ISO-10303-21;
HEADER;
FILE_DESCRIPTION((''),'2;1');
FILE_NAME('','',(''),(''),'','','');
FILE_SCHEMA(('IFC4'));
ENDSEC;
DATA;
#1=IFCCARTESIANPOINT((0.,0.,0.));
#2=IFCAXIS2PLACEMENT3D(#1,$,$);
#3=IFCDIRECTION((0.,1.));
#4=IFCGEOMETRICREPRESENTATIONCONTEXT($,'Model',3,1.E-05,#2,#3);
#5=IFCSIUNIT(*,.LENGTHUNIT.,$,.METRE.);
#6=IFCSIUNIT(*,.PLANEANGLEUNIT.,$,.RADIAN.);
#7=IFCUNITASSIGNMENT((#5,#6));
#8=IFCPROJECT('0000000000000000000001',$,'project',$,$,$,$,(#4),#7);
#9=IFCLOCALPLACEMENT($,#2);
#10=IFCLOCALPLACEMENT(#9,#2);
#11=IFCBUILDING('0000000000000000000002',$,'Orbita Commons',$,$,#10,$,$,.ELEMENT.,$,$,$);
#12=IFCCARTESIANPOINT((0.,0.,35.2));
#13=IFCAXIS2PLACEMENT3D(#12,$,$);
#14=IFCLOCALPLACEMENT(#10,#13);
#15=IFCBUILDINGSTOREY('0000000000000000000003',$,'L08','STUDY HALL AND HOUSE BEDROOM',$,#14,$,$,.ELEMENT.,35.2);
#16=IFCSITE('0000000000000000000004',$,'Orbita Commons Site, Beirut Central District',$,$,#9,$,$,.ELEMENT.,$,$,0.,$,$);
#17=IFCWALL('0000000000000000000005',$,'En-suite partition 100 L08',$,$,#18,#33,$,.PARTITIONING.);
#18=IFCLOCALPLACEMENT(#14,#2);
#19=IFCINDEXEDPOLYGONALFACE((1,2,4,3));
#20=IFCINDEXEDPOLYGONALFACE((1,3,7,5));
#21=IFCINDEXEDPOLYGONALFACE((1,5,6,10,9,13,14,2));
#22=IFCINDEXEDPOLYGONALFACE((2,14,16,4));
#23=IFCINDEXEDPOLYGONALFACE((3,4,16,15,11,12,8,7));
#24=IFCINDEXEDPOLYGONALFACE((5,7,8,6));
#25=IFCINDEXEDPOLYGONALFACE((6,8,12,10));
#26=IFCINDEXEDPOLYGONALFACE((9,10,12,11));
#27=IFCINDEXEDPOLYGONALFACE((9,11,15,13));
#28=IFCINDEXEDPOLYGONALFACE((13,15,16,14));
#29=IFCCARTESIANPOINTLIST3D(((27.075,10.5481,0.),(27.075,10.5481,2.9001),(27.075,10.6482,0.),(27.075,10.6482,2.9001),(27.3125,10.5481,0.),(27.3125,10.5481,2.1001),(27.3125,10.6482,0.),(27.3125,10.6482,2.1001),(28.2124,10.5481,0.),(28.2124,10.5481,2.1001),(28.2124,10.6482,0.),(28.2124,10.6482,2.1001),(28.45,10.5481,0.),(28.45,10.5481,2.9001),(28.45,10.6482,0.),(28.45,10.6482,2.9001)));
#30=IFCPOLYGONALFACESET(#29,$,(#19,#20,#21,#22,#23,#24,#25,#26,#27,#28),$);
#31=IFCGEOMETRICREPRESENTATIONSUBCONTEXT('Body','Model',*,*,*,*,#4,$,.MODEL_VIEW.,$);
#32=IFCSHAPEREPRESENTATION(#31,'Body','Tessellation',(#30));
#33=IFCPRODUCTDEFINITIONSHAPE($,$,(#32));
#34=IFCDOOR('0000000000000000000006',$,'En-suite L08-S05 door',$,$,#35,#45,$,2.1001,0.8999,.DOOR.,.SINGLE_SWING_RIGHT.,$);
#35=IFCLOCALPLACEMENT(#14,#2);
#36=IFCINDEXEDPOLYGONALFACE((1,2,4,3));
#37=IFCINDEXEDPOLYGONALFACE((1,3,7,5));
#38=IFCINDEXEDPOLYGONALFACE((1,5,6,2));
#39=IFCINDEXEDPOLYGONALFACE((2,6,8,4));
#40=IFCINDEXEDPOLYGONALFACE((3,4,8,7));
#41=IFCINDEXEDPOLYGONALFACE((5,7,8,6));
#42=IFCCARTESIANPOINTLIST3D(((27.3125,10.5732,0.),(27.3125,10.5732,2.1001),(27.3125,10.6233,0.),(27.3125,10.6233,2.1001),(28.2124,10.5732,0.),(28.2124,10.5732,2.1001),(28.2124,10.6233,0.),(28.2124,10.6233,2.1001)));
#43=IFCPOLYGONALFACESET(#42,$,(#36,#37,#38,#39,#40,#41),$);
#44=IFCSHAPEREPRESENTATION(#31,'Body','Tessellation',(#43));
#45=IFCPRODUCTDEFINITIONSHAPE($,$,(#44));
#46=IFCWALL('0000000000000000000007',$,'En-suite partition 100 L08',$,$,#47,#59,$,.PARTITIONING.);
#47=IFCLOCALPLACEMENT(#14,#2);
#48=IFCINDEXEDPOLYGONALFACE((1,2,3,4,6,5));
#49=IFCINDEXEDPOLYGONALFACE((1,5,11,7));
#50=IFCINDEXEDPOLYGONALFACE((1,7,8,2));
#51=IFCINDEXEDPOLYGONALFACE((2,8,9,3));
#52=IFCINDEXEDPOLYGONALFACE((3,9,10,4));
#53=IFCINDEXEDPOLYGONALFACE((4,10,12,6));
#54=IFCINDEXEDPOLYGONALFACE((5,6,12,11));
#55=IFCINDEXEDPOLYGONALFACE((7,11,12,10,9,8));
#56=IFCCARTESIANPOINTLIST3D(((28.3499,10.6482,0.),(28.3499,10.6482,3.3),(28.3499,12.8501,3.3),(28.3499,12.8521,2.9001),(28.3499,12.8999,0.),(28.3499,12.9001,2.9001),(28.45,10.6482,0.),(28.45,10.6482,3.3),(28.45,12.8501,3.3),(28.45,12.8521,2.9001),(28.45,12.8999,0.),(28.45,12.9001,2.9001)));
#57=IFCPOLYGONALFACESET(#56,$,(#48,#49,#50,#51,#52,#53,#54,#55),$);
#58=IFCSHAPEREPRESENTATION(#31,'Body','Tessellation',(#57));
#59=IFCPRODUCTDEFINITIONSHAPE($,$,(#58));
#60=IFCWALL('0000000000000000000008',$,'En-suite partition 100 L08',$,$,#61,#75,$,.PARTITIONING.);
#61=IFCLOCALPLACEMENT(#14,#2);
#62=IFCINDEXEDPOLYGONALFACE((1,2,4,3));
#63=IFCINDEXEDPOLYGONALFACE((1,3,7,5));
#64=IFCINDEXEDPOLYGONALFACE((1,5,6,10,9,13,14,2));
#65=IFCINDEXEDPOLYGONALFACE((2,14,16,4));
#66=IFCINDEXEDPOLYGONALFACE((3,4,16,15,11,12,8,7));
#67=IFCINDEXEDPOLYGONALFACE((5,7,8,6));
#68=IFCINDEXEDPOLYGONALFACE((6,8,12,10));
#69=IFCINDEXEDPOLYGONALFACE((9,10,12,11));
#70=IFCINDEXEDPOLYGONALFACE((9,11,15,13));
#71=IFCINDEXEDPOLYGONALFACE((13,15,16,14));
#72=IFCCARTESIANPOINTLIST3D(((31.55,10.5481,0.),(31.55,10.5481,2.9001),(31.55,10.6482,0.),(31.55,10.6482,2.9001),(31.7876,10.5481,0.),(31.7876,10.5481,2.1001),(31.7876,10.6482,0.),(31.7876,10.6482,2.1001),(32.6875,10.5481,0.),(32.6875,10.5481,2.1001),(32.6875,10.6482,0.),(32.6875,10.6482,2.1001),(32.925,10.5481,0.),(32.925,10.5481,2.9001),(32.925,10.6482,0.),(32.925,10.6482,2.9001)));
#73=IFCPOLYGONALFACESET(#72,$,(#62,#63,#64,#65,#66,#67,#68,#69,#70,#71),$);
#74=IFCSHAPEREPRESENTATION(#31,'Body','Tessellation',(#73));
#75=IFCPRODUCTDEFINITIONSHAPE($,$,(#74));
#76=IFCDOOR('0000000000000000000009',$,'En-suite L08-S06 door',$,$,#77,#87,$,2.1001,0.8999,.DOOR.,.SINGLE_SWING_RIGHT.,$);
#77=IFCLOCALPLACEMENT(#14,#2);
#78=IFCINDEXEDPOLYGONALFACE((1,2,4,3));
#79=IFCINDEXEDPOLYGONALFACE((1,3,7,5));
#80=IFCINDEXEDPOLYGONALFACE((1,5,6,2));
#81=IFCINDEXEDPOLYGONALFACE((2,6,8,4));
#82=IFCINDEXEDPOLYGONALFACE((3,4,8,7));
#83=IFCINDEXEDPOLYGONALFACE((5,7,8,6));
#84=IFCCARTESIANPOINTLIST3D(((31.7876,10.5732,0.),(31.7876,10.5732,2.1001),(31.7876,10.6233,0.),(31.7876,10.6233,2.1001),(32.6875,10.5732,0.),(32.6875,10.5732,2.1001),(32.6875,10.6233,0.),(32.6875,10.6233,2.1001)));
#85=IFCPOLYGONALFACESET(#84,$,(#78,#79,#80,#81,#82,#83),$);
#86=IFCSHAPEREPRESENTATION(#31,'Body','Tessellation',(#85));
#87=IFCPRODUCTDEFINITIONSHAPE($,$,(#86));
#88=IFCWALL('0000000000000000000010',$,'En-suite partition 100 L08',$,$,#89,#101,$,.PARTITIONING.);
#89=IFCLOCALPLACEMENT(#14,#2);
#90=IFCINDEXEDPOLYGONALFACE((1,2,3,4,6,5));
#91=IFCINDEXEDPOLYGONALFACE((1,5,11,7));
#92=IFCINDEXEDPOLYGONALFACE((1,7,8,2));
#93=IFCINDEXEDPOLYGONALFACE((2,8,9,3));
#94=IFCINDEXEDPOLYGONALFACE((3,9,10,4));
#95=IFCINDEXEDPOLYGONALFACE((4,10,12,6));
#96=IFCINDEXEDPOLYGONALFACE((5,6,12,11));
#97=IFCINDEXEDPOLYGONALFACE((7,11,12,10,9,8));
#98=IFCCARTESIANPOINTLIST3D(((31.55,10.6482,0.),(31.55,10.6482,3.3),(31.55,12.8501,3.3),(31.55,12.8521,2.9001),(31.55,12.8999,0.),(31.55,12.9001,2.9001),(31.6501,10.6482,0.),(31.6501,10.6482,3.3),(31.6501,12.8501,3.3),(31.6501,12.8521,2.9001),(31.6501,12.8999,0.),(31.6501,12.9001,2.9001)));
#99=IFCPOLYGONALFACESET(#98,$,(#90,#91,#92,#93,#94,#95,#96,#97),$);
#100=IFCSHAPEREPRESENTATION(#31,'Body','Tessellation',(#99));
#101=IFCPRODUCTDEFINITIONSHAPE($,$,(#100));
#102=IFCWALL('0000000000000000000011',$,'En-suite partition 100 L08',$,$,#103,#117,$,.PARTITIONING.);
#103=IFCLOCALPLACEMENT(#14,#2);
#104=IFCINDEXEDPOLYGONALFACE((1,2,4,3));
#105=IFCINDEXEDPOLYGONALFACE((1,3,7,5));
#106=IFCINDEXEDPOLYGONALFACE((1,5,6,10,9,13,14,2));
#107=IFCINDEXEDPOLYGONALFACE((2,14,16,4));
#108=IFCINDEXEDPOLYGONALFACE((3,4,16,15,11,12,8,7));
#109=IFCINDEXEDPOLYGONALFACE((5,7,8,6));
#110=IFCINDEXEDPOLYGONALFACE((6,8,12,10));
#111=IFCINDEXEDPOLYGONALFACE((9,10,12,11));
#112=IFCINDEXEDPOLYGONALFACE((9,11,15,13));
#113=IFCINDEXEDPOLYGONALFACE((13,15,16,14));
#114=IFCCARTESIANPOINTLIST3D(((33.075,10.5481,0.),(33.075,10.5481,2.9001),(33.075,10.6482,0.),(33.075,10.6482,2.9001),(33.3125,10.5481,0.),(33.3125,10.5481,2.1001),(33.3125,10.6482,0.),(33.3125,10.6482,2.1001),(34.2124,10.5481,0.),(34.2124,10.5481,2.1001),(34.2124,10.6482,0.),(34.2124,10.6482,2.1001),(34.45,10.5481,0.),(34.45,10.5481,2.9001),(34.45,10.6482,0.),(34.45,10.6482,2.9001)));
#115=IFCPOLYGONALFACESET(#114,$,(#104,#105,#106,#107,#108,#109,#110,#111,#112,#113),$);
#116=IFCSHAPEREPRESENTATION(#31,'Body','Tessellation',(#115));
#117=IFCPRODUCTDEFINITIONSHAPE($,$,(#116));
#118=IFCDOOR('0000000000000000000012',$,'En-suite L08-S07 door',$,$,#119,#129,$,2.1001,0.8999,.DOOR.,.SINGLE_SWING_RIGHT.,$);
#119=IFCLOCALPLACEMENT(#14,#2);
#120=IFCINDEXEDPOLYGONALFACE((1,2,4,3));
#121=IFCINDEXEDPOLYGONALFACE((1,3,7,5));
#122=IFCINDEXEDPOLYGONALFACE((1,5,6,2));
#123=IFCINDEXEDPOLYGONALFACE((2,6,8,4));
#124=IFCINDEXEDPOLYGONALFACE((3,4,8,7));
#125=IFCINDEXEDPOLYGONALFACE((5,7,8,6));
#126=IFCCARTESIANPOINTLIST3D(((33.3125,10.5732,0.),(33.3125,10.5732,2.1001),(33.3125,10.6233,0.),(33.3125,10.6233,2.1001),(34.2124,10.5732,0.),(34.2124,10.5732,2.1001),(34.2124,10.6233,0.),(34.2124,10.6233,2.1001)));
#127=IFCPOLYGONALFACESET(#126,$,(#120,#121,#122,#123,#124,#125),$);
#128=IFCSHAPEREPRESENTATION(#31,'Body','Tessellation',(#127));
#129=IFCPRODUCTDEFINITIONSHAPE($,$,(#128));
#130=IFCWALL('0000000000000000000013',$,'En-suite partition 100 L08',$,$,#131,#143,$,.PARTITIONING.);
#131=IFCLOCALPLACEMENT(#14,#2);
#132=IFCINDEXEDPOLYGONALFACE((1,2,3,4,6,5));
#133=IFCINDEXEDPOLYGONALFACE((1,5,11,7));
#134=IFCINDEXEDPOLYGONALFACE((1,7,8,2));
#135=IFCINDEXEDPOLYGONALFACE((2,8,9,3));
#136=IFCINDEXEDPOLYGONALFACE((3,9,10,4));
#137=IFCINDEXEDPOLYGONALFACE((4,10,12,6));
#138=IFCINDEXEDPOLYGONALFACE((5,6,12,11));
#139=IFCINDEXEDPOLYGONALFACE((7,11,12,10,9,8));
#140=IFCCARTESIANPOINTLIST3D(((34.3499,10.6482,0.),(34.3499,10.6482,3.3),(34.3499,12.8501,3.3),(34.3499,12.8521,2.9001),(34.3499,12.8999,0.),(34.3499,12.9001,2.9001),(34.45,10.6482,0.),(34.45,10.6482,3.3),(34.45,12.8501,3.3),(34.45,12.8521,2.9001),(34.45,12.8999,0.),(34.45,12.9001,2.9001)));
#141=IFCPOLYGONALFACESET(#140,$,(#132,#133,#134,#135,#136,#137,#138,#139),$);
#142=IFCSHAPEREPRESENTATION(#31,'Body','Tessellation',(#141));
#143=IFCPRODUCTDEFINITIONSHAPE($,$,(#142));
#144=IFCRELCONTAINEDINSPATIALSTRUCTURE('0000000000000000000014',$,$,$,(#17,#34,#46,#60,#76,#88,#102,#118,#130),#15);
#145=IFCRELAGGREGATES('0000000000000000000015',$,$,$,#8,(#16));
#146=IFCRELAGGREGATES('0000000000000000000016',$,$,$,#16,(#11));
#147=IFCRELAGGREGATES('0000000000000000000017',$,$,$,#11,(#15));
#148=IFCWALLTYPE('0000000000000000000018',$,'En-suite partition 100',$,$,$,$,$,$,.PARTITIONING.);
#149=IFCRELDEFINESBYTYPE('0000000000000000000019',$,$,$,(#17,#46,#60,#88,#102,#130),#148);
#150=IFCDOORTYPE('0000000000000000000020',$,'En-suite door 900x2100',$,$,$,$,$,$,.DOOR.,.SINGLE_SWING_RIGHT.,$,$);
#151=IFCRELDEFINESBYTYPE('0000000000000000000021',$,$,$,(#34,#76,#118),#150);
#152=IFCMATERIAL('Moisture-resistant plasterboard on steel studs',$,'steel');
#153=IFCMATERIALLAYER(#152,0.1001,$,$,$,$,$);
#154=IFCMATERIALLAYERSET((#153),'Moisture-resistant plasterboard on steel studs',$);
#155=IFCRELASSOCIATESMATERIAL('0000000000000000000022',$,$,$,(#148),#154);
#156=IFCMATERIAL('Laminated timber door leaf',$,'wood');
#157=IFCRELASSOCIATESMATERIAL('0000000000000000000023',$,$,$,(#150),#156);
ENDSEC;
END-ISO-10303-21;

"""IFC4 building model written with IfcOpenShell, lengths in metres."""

from ifc_helpers import new_model, si_unit, direction, frame, frame_2d, origin, place, context, subcontext, project, spatial, polyline, rectangle, outline, extrude, material, layer, layer_set, type_object, element, fill, save


model = new_model("IFC4")

# Units and contexts
model_context = context("Model", 3, precision=1e-05, world=origin(), true_north=direction((0.0, 1.0)))
body_context = subcontext(model_context, "Body", "Model", "MODEL_VIEW")
ifc_project = project(units=[si_unit("LENGTHUNIT", "METRE"), si_unit("PLANEANGLEUNIT", "RADIAN")], contexts=[model_context])

# Site, building, storey
site_placement = place(None, origin())
site = spatial("IfcSite", under=ifc_project, at=site_placement, Name="Orbita Commons Site, Beirut Central District", CompositionType="ELEMENT", RefElevation=0.0)
building_placement = place(site_placement, origin())
building = spatial("IfcBuilding", under=site, at=building_placement, Name="Orbita Commons", CompositionType="ELEMENT")
storey_placement = place(building_placement, frame((0.0, 0.0, 35.2)))
storey = spatial("IfcBuildingStorey", under=building, at=storey_placement, Name="L08", Description="STUDY HALL AND HOUSE BEDROOM", CompositionType="ELEMENT", Elevation=35.2)

# Shared definitions
ifc_material_1 = material(Name="Moisture-resistant plasterboard on steel studs", Category="steel")
ifc_layer = layer(ifc_material_1, 0.1001)
ifc_layer_set = layer_set([ifc_layer], Name="Moisture-resistant plasterboard on steel studs")
wall_type = type_object("IfcWallType", Name="En-suite partition 100", PredefinedType="PARTITIONING", material=ifc_layer_set)
ifc_material_2 = material(Name="Laminated timber door leaf", Category="wood")
door_type = type_object("IfcDoorType", Name="En-suite door 900x2100", OperationType="SINGLE_SWING_RIGHT", PredefinedType="DOOR", material=ifc_material_2)

# Wall, opening, door
wall_1_placement = place(storey_placement, frame((28.45, 10.5981, 0.0), z_axis=(0.0, 0.0, 1.0), x_axis=(-1.0, 0.0, 0.0)))
wall_1 = element("IfcWall", 1, at=wall_1_placement, inside=storey, type_object=wall_type, Name="En-suite partition 100 L08", PredefinedType="PARTITIONING", context=body_context, shape_type="SweptSolid", body=[
    extrude(outline(polyline([(0.0, 0.0), (1.375, 0.0), (1.375, 2.9001), (0.0, 2.9001), (0.0, 0.0)])), frame((0.0, 0.05, 0.0), z_axis=(0.0, -1.0, 0.0), x_axis=(1.0, 0.0, 0.0)), (0.0, 0.0, 1.0), 0.1001),
])
opening_1_placement = place(wall_1_placement, frame((0.2375, 0.0, 0.0)))
opening_1 = element("IfcOpeningElement", 2, at=opening_1_placement, cuts=wall_1, PredefinedType="OPENING", context=body_context, shape_type="SweptSolid", body=[
    extrude(rectangle(XDim=0.8999, YDim=2.1001, at=frame_2d((0.45, 1.05))), frame((0.0, 0.0601, 0.0), z_axis=(0.0, -1.0, 0.0), x_axis=(1.0, 0.0, 0.0)), (0.0, 0.0, 1.0), 0.1201),
])
door_1_placement = place(opening_1_placement, origin())
door_1 = element("IfcDoor", 3, at=door_1_placement, inside=storey, type_object=door_type, Name="En-suite L08-S05 door", OperationType="SINGLE_SWING_RIGHT", OverallHeight=2.1001, OverallWidth=0.8999, PredefinedType="DOOR", context=body_context, shape_type="SweptSolid", body=[
    extrude(rectangle(XDim=0.8999, YDim=2.1001, at=frame_2d((0.45, 1.05))), frame((0.0, 0.0249, 0.0), z_axis=(0.0, -1.0, 0.0), x_axis=(1.0, 0.0, 0.0)), (0.0, 0.0, 1.0), 0.05),
])
fill(opening_1, door_1)

# Wall
wall_2_placement = place(storey_placement, frame((28.3999, 10.6482, 0.0), z_axis=(0.0, 0.0, 1.0), x_axis=(0.0, 1.0, 0.0)))
element("IfcWall", 4, at=wall_2_placement, inside=storey, type_object=wall_type, Name="En-suite partition 100 L08", PredefinedType="PARTITIONING", context=body_context, shape_type="SweptSolid", body=[
    extrude(outline(polyline([(0.0, 0.0), (2.2517, 0.0), (2.252, 2.9001), (2.2039, 2.9001), (2.2019, 3.3), (0.0, 3.3), (0.0, 0.0)])), frame((0.0, 0.05, 0.0), z_axis=(0.0, -1.0, 0.0), x_axis=(1.0, 0.0, 0.0)), (0.0, 0.0, 1.0), 0.1001),
])

# Wall, opening, door
wall_3_placement = place(storey_placement, frame((32.925, 10.5981, 0.0), z_axis=(0.0, 0.0, 1.0), x_axis=(-1.0, 0.0, 0.0)))
wall_3 = element("IfcWall", 5, at=wall_3_placement, inside=storey, type_object=wall_type, Name="En-suite partition 100 L08", PredefinedType="PARTITIONING", context=body_context, shape_type="SweptSolid", body=[
    extrude(outline(polyline([(0.0, 0.0), (1.375, 0.0), (1.375, 2.9001), (0.0, 2.9001), (0.0, 0.0)])), frame((0.0, 0.05, 0.0), z_axis=(0.0, -1.0, 0.0), x_axis=(1.0, 0.0, 0.0)), (0.0, 0.0, 1.0), 0.1001),
])
opening_2_placement = place(wall_3_placement, frame((0.2375, 0.0, 0.0)))
opening_2 = element("IfcOpeningElement", 6, at=opening_2_placement, cuts=wall_3, PredefinedType="OPENING", context=body_context, shape_type="SweptSolid", body=[
    extrude(rectangle(XDim=0.8999, YDim=2.1001, at=frame_2d((0.45, 1.05))), frame((0.0, 0.0601, 0.0), z_axis=(0.0, -1.0, 0.0), x_axis=(1.0, 0.0, 0.0)), (0.0, 0.0, 1.0), 0.1201),
])
door_2_placement = place(opening_2_placement, origin())
door_2 = element("IfcDoor", 7, at=door_2_placement, inside=storey, type_object=door_type, Name="En-suite L08-S06 door", OperationType="SINGLE_SWING_RIGHT", OverallHeight=2.1001, OverallWidth=0.8999, PredefinedType="DOOR", context=body_context, shape_type="SweptSolid", body=[
    extrude(rectangle(XDim=0.8999, YDim=2.1001, at=frame_2d((0.45, 1.05))), frame((0.0, 0.0249, 0.0), z_axis=(0.0, -1.0, 0.0), x_axis=(1.0, 0.0, 0.0)), (0.0, 0.0, 1.0), 0.05),
])
fill(opening_2, door_2)

# Wall
wall_4_placement = place(storey_placement, frame((31.6001, 10.6482, 0.0), z_axis=(0.0, 0.0, 1.0), x_axis=(0.0, 1.0, 0.0)))
element("IfcWall", 8, at=wall_4_placement, inside=storey, type_object=wall_type, Name="En-suite partition 100 L08", PredefinedType="PARTITIONING", context=body_context, shape_type="SweptSolid", body=[
    extrude(outline(polyline([(0.0, 0.0), (2.2517, 0.0), (2.252, 2.9001), (2.2039, 2.9001), (2.2019, 3.3), (0.0, 3.3), (0.0, 0.0)])), frame((0.0, 0.05, 0.0), z_axis=(0.0, -1.0, 0.0), x_axis=(1.0, 0.0, 0.0)), (0.0, 0.0, 1.0), 0.1001),
])

# Wall, opening, door
wall_5_placement = place(storey_placement, frame((34.45, 10.5981, 0.0), z_axis=(0.0, 0.0, 1.0), x_axis=(-1.0, 0.0, 0.0)))
wall_5 = element("IfcWall", 9, at=wall_5_placement, inside=storey, type_object=wall_type, Name="En-suite partition 100 L08", PredefinedType="PARTITIONING", context=body_context, shape_type="SweptSolid", body=[
    extrude(outline(polyline([(0.0, 0.0), (1.375, 0.0), (1.375, 2.9001), (0.0, 2.9001), (0.0, 0.0)])), frame((0.0, 0.05, 0.0), z_axis=(0.0, -1.0, 0.0), x_axis=(1.0, 0.0, 0.0)), (0.0, 0.0, 1.0), 0.1001),
])
opening_3_placement = place(wall_5_placement, frame((0.2375, 0.0, 0.0)))
opening_3 = element("IfcOpeningElement", 10, at=opening_3_placement, cuts=wall_5, PredefinedType="OPENING", context=body_context, shape_type="SweptSolid", body=[
    extrude(rectangle(XDim=0.8999, YDim=2.1001, at=frame_2d((0.45, 1.05))), frame((0.0, 0.0601, 0.0), z_axis=(0.0, -1.0, 0.0), x_axis=(1.0, 0.0, 0.0)), (0.0, 0.0, 1.0), 0.1201),
])
door_3_placement = place(opening_3_placement, origin())
door_3 = element("IfcDoor", 11, at=door_3_placement, inside=storey, type_object=door_type, Name="En-suite L08-S07 door", OperationType="SINGLE_SWING_RIGHT", OverallHeight=2.1001, OverallWidth=0.8999, PredefinedType="DOOR", context=body_context, shape_type="SweptSolid", body=[
    extrude(rectangle(XDim=0.8999, YDim=2.1001, at=frame_2d((0.45, 1.05))), frame((0.0, 0.0249, 0.0), z_axis=(0.0, -1.0, 0.0), x_axis=(1.0, 0.0, 0.0)), (0.0, 0.0, 1.0), 0.05),
])
fill(opening_3, door_3)

# Wall
wall_6_placement = place(storey_placement, frame((34.3999, 10.6482, 0.0), z_axis=(0.0, 0.0, 1.0), x_axis=(0.0, 1.0, 0.0)))
element("IfcWall", 12, at=wall_6_placement, inside=storey, type_object=wall_type, Name="En-suite partition 100 L08", PredefinedType="PARTITIONING", context=body_context, shape_type="SweptSolid", body=[
    extrude(outline(polyline([(0.0, 0.0), (2.2517, 0.0), (2.252, 2.9001), (2.2039, 2.9001), (2.2019, 3.3), (0.0, 3.3), (0.0, 0.0)])), frame((0.0, 0.05, 0.0), z_axis=(0.0, -1.0, 0.0), x_axis=(1.0, 0.0, 0.0)), (0.0, 0.0, 1.0), 0.1001),
])

save(model, "model.ifc")
